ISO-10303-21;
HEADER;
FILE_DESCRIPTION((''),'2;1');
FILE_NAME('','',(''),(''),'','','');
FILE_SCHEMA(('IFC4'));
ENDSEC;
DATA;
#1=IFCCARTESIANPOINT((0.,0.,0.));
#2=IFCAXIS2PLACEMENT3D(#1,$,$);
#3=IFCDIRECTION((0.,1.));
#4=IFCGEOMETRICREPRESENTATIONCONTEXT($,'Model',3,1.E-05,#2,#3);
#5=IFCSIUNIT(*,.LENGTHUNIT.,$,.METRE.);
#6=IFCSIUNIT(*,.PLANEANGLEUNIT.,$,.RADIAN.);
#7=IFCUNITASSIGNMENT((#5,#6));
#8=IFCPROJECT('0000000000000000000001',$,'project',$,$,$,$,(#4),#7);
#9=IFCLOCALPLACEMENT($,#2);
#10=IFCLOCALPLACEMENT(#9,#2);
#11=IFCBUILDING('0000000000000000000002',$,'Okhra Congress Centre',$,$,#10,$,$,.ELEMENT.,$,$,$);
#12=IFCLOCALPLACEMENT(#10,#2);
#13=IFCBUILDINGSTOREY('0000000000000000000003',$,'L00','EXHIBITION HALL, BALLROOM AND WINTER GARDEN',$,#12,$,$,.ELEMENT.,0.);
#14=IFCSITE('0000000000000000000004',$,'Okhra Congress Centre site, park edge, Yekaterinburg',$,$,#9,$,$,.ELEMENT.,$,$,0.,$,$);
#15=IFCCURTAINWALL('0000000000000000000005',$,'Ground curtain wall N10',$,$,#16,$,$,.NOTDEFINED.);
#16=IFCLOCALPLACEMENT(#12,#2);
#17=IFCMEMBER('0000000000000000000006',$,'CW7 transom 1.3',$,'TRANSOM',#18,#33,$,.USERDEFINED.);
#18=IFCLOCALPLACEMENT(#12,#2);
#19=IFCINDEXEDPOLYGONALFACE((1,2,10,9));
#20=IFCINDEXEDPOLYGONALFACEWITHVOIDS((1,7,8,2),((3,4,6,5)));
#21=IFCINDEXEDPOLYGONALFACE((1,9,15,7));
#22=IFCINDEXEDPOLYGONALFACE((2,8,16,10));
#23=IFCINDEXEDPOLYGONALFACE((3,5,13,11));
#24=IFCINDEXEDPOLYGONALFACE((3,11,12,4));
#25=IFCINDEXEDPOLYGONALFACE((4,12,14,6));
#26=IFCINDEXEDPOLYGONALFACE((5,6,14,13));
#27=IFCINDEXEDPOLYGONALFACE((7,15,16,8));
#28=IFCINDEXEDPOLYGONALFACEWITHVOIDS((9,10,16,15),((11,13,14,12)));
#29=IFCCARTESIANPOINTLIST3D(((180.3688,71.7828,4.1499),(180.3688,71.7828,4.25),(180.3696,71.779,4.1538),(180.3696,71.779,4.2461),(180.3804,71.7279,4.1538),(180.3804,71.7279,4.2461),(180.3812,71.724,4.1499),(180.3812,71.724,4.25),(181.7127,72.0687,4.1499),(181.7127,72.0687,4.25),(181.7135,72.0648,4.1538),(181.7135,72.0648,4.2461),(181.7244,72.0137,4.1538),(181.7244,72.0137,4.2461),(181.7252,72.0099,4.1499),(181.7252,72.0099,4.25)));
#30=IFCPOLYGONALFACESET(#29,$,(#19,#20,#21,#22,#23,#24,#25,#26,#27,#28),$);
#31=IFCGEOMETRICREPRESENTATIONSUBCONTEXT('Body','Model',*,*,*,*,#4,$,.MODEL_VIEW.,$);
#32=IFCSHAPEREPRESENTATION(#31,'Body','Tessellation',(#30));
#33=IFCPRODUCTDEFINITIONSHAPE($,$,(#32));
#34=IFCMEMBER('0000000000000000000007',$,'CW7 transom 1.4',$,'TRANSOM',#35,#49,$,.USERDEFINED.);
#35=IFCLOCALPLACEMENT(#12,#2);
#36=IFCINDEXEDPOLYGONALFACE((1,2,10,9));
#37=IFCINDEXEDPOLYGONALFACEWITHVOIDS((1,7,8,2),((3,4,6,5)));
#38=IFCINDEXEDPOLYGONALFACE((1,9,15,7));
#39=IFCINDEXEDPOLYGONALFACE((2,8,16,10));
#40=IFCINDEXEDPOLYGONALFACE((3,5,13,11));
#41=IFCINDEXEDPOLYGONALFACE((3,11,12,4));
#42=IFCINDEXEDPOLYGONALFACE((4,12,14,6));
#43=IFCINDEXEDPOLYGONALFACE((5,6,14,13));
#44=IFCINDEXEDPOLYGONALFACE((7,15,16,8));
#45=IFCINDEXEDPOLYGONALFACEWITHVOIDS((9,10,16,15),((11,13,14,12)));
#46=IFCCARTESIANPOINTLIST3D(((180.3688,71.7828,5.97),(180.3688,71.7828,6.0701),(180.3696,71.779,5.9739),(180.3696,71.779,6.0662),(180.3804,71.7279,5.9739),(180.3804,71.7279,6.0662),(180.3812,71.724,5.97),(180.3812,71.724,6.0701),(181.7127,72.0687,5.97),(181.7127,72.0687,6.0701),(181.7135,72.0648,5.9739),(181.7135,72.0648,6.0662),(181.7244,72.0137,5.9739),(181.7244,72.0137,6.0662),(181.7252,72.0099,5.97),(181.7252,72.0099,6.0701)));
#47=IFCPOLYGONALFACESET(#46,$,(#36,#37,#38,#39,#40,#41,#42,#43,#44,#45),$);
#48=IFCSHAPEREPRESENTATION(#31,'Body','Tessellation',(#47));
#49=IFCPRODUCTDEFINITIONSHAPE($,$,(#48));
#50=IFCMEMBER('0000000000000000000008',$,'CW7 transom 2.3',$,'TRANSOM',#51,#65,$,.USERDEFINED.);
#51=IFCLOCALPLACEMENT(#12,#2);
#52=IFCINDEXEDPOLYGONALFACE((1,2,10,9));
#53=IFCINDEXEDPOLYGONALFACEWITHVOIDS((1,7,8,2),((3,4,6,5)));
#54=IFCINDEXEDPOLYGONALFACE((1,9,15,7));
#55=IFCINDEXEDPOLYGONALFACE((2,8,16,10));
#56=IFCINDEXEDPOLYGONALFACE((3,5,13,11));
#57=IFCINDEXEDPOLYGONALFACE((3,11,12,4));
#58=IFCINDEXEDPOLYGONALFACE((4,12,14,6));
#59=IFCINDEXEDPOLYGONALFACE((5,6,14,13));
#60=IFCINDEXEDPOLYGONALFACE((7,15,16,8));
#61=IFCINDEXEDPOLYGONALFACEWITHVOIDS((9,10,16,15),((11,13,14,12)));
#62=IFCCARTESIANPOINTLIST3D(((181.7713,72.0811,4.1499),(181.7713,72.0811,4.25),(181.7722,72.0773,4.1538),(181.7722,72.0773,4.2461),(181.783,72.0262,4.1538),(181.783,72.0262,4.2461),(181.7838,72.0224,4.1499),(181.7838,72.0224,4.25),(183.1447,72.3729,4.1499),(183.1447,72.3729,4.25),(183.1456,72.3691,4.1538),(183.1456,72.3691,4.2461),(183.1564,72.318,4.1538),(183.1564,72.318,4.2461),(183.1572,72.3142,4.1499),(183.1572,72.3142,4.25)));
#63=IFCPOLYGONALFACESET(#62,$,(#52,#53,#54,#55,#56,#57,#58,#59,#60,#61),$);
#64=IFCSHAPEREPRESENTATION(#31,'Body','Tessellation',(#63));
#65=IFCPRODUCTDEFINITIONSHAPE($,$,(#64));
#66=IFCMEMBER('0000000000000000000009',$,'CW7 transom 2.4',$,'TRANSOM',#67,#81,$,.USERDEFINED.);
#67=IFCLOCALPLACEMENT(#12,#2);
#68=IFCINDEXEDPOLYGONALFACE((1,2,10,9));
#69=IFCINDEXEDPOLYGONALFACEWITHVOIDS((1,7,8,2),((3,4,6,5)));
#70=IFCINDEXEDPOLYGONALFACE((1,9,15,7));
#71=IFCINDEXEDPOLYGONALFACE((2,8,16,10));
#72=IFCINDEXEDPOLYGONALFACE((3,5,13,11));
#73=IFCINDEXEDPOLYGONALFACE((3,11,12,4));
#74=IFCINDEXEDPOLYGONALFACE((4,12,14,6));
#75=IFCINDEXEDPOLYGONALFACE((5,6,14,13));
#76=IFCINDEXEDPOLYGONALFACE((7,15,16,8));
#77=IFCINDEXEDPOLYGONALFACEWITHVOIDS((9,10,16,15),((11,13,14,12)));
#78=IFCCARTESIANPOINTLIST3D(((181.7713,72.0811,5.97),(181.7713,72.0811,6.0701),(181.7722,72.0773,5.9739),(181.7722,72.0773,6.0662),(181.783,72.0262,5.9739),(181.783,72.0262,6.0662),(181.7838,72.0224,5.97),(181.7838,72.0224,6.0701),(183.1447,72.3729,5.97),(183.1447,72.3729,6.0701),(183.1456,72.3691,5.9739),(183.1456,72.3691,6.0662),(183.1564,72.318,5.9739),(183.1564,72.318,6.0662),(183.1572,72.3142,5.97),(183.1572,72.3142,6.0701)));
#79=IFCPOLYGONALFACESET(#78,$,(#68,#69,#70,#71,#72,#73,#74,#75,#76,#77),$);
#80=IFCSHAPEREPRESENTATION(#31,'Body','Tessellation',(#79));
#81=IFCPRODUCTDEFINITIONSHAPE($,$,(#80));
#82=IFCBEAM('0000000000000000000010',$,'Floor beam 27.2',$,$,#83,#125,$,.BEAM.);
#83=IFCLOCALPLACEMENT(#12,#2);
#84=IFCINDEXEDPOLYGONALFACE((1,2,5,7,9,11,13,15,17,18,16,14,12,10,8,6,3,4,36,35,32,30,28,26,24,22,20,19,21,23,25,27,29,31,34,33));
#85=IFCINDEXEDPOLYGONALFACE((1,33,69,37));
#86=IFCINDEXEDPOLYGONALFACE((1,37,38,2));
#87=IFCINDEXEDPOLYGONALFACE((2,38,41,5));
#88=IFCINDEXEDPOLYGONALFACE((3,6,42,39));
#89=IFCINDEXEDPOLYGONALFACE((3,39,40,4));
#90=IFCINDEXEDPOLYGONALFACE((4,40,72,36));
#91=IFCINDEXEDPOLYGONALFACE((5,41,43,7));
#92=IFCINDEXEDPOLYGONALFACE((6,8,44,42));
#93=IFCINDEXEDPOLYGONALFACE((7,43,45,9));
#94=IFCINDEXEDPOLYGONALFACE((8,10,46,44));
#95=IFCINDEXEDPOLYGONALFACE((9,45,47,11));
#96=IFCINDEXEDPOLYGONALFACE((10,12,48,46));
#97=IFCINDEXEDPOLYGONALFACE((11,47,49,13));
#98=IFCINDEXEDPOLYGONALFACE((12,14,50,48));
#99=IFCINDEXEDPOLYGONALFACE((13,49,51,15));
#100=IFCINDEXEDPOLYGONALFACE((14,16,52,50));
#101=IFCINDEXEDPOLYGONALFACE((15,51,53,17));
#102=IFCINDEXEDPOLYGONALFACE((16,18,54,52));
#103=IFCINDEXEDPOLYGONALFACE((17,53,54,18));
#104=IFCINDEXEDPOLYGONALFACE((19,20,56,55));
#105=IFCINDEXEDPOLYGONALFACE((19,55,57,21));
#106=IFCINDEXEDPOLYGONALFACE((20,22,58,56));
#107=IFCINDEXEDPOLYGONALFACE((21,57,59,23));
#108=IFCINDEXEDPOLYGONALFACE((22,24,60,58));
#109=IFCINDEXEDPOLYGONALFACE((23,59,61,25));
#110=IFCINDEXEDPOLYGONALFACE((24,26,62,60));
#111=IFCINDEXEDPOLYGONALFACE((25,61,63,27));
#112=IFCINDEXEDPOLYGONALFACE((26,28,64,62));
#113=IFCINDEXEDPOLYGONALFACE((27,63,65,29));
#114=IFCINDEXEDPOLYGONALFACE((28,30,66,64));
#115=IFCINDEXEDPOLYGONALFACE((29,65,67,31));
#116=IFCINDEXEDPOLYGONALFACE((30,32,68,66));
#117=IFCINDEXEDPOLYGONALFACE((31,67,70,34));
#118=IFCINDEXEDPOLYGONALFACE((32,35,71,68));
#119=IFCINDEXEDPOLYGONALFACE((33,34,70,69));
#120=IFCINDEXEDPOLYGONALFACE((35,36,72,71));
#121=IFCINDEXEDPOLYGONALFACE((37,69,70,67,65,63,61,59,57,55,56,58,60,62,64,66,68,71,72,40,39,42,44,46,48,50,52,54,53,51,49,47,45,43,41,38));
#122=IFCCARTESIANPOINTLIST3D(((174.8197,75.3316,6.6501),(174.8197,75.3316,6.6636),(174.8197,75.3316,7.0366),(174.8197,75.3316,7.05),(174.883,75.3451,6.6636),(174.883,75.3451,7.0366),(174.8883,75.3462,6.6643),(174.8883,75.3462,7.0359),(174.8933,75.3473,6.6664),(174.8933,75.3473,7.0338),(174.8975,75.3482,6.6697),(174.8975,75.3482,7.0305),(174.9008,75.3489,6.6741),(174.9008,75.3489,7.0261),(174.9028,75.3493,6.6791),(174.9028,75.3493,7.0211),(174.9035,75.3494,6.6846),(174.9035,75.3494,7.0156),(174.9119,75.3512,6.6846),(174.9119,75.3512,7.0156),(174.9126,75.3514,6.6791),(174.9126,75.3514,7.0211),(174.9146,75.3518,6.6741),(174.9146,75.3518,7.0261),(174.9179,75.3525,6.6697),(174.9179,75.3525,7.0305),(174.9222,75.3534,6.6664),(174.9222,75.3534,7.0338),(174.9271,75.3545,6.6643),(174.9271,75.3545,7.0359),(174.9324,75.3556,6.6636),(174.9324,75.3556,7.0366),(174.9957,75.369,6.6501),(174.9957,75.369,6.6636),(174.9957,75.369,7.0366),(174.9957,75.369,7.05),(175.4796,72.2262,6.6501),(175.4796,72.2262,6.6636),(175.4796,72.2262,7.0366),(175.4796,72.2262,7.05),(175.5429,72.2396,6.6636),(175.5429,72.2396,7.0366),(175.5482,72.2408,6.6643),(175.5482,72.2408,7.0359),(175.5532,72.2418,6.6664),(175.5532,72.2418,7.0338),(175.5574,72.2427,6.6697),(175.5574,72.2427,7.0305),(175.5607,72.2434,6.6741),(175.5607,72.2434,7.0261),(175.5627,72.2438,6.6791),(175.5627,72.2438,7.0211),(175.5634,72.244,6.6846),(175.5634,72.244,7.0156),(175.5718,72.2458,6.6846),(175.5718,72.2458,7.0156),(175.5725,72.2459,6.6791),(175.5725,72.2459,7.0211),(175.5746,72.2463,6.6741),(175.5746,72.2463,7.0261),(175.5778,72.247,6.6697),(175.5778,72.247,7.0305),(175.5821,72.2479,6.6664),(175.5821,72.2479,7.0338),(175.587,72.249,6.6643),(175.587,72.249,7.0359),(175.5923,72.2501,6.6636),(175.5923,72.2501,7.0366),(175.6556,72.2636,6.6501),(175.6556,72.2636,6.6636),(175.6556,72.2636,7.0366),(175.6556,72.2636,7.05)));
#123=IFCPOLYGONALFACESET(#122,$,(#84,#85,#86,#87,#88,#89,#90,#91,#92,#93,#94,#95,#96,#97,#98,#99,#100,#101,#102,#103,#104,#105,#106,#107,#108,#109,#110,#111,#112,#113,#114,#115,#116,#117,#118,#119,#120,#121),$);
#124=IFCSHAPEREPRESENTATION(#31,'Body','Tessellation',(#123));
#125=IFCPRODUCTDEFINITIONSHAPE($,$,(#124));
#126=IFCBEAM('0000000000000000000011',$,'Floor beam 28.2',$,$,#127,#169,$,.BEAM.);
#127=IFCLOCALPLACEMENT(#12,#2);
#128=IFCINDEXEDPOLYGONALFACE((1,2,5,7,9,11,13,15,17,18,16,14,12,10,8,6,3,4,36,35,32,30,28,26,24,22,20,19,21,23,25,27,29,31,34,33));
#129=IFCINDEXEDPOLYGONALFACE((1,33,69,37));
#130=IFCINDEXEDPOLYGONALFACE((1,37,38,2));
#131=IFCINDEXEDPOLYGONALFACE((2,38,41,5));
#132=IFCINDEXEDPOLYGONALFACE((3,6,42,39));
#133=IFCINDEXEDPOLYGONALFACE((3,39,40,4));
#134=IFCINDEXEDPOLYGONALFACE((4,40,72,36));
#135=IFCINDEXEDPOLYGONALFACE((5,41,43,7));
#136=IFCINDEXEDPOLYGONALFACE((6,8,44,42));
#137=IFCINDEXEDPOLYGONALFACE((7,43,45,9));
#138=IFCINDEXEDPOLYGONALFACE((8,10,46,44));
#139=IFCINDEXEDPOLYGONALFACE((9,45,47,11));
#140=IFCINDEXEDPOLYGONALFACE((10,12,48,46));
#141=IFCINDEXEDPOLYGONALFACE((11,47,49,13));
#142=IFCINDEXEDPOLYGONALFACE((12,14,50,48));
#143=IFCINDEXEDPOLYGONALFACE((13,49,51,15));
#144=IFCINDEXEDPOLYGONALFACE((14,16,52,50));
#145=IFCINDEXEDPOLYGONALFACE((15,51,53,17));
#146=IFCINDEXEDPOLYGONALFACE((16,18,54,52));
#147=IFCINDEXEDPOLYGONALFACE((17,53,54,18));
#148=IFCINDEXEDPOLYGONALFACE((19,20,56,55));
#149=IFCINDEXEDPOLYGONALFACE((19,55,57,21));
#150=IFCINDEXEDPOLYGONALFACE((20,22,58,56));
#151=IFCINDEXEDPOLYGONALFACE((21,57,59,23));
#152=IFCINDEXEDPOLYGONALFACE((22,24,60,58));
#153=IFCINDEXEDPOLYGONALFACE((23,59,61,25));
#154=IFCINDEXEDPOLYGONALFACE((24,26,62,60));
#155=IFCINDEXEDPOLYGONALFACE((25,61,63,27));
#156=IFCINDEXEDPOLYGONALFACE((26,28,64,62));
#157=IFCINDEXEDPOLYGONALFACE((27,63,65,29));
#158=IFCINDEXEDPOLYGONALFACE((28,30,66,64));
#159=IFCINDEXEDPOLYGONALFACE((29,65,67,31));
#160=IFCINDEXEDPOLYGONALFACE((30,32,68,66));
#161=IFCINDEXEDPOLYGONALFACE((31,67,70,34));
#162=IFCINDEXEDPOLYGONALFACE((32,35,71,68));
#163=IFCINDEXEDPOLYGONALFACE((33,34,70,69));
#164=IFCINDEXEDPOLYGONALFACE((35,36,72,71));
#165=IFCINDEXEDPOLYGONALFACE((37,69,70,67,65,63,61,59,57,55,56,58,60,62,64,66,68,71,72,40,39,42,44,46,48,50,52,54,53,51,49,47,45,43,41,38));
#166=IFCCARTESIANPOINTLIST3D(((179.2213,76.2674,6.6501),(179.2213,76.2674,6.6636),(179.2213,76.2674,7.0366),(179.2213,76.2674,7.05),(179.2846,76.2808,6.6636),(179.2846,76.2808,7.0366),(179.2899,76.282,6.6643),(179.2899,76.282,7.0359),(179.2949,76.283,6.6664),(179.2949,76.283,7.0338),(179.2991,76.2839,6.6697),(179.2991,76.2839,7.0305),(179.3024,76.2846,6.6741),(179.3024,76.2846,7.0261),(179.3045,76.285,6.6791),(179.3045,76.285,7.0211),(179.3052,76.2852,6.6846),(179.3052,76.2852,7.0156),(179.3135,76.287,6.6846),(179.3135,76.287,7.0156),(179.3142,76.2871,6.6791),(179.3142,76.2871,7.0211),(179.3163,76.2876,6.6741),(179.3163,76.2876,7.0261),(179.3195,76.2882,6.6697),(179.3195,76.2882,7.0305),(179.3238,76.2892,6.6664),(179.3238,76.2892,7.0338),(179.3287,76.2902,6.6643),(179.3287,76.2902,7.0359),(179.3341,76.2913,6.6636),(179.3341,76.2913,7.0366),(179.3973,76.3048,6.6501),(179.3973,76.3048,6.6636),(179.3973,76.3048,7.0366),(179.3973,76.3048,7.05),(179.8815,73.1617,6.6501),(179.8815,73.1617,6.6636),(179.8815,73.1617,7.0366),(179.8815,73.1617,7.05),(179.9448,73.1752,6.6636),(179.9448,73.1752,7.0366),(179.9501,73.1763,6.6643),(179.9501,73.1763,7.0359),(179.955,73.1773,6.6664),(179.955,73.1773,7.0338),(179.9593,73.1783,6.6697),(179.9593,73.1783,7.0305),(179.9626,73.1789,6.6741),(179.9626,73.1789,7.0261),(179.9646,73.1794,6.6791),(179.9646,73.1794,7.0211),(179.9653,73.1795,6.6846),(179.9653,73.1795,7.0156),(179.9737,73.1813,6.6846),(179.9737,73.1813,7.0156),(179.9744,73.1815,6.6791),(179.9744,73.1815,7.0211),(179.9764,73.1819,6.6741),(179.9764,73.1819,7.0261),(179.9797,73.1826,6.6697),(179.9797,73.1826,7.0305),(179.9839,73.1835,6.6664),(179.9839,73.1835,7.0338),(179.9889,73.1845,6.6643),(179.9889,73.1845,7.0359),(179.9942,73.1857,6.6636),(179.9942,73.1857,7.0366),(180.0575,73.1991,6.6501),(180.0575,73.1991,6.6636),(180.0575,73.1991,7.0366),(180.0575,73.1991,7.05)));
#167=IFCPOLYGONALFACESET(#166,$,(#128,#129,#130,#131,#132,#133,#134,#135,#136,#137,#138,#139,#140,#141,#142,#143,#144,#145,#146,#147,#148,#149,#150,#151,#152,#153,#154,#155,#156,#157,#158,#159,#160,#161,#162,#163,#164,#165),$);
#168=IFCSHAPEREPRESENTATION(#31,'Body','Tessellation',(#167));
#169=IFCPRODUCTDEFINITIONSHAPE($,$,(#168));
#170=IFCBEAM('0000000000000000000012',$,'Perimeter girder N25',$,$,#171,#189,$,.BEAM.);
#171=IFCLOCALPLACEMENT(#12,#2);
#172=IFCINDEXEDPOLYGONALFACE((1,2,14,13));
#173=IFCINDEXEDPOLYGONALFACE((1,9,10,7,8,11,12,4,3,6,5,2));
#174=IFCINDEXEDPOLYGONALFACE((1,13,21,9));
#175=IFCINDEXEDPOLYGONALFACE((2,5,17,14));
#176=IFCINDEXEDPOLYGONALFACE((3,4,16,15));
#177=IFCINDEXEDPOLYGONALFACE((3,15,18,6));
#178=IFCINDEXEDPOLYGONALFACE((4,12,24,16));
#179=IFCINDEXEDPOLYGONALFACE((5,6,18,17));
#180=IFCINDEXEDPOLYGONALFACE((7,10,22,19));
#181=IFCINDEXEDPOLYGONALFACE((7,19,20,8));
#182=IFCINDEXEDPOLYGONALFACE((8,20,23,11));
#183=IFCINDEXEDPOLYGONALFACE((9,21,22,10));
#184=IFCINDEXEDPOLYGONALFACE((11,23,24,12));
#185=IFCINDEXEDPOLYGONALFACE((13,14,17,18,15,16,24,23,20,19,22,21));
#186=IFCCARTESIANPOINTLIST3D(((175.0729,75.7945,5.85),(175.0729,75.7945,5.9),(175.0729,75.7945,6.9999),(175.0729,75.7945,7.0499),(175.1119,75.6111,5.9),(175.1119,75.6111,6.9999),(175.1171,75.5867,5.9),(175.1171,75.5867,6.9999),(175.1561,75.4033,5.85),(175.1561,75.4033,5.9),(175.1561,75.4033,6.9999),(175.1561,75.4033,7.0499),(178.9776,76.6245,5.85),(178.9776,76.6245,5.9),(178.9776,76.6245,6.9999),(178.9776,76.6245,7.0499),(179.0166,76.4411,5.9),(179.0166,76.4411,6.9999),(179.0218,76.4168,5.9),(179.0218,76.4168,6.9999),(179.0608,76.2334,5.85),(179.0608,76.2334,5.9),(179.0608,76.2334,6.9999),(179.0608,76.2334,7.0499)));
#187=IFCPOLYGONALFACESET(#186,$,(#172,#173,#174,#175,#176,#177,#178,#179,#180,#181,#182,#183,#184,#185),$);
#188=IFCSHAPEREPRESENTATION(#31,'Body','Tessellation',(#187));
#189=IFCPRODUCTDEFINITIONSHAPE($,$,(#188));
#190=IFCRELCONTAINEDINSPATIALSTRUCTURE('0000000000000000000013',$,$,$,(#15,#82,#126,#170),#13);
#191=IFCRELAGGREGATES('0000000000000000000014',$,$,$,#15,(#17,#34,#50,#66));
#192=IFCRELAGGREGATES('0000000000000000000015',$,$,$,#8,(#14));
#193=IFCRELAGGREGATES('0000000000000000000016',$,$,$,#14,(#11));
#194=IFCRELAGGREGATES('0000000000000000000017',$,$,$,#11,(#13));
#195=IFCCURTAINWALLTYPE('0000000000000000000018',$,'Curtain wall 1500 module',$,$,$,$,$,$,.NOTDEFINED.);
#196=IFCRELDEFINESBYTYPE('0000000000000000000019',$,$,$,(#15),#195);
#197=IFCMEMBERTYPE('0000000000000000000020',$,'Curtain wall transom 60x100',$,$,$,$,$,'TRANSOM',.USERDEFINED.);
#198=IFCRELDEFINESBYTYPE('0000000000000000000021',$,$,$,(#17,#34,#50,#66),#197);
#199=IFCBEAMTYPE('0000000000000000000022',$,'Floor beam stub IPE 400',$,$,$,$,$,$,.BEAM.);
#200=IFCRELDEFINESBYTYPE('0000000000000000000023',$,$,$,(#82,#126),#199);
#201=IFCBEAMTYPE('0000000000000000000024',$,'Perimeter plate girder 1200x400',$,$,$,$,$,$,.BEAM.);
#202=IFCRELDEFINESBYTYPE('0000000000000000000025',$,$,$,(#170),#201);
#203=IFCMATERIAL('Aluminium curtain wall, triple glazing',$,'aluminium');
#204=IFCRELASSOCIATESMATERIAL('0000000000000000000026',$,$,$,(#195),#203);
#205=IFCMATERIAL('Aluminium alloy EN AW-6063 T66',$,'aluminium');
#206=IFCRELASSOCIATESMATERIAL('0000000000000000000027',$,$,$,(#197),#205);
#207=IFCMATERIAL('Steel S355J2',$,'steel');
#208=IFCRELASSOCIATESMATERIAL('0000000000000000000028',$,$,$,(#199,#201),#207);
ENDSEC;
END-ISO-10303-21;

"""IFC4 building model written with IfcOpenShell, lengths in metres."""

from ifc_helpers import new_model, si_unit, direction, frame, origin, origin_2d, place, context, subcontext, project, spatial, hollow_rectangle, i_section, extrude, material, material_profile, profile_set, type_object, element, aggregate, save


model = new_model("IFC4")

# Units and contexts
model_context = context("Model", 3, precision=1e-05, world=origin(), true_north=direction((0.0, 1.0)))
body_context = subcontext(model_context, "Body", "Model", "MODEL_VIEW")
ifc_project = project(units=[si_unit("LENGTHUNIT", "METRE"), si_unit("PLANEANGLEUNIT", "RADIAN")], contexts=[model_context])

# Site, building, storey
site_placement = place(None, origin())
site = spatial("IfcSite", under=ifc_project, at=site_placement, Name="Okhra Congress Centre site, park edge, Yekaterinburg", CompositionType="ELEMENT", RefElevation=0.0)
building_placement = place(site_placement, origin())
building = spatial("IfcBuilding", under=site, at=building_placement, Name="Okhra Congress Centre", CompositionType="ELEMENT")
storey_placement = place(building_placement, origin())
storey = spatial("IfcBuildingStorey", under=building, at=storey_placement, Name="L00", Description="EXHIBITION HALL, BALLROOM AND WINTER GARDEN", CompositionType="ELEMENT", Elevation=0.0)

# Curtain wall, members
ifc_material_1 = material(Name="Aluminium curtain wall, triple glazing", Category="aluminium")
curtain_wall_type_1 = type_object("IfcCurtainWallType", Name="Curtain wall 1500 module", PredefinedType="NOTDEFINED", material=ifc_material_1)
curtain_wall_1_placement = place(storey_placement, origin())
curtain_wall_1 = element("IfcCurtainWall", 1, at=curtain_wall_1_placement, inside=storey, type_object=curtain_wall_type_1, Name="Ground curtain wall N10", PredefinedType="NOTDEFINED")
ifc_material_2 = material(Name="Aluminium alloy EN AW-6063 T66", Category="aluminium")
ifc_material_profile_1 = material_profile(ifc_material_2, hollow_rectangle(XDim=0.0601, YDim=0.1001, WallThickness=0.0039, at=origin_2d()), Name="RHS 60x100x4")
ifc_profile_set_1 = profile_set([ifc_material_profile_1], Name="Aluminium alloy EN AW-6063 T66")
member_type = type_object("IfcMemberType", Name="Curtain wall transom 60x100", ElementType="TRANSOM", PredefinedType="USERDEFINED", material=ifc_profile_set_1)
member_1_placement = place(storey_placement, frame((180.375, 71.7534, 4.2), z_axis=(0.978116, 0.208061, 0.0), x_axis=(-0.208061, 0.978116, 0.0)))
member_1 = element("IfcMember", 2, at=member_1_placement, type_object=member_type, Name="CW7 transom 1.3", ObjectType="TRANSOM", PredefinedType="USERDEFINED", context=body_context, shape_type="SweptSolid", body=[
    extrude(hollow_rectangle(XDim=0.0601, YDim=0.1001, WallThickness=0.0039, at=origin_2d()), origin(), (0.0, 0.0, 1.0), 1.374),
])
member_2_placement = place(storey_placement, frame((180.375, 71.7534, 6.02), z_axis=(0.978116, 0.208061, 0.0), x_axis=(-0.208061, 0.978116, 0.0)))
member_2 = element("IfcMember", 3, at=member_2_placement, type_object=member_type, Name="CW7 transom 1.4", ObjectType="TRANSOM", PredefinedType="USERDEFINED", context=body_context, shape_type="SweptSolid", body=[
    extrude(hollow_rectangle(XDim=0.0601, YDim=0.1001, WallThickness=0.0039, at=origin_2d()), origin(), (0.0, 0.0, 1.0), 1.374),
])
member_3_placement = place(storey_placement, frame((181.7776, 72.0518, 4.2), z_axis=(0.97817, 0.207807, 0.0), x_axis=(-0.207807, 0.97817, 0.0)))
member_3 = element("IfcMember", 4, at=member_3_placement, type_object=member_type, Name="CW7 transom 2.3", ObjectType="TRANSOM", PredefinedType="USERDEFINED", context=body_context, shape_type="SweptSolid", body=[
    extrude(hollow_rectangle(XDim=0.0601, YDim=0.1001, WallThickness=0.0039, at=origin_2d()), origin(), (0.0, 0.0, 1.0), 1.4041),
])
member_4_placement = place(storey_placement, frame((181.7776, 72.0518, 6.02), z_axis=(0.97817, 0.207807, 0.0), x_axis=(-0.207807, 0.97817, 0.0)))
member_4 = element("IfcMember", 5, at=member_4_placement, type_object=member_type, Name="CW7 transom 2.4", ObjectType="TRANSOM", PredefinedType="USERDEFINED", context=body_context, shape_type="SweptSolid", body=[
    extrude(hollow_rectangle(XDim=0.0601, YDim=0.1001, WallThickness=0.0039, at=origin_2d()), origin(), (0.0, 0.0, 1.0), 1.4041),
])

# Beams
ifc_material_3 = material(Name="Steel S355J2", Category="steel")
ifc_material_profile_2 = material_profile(ifc_material_3, i_section(OverallWidth=0.1799, OverallDepth=0.3999, WebThickness=0.0085, FlangeThickness=0.0134, FilletRadius=0.021, at=origin_2d()), Name="IPE 400")
ifc_profile_set_2 = profile_set([ifc_material_profile_2], Name="Steel S355J2")
beam_type_1 = type_object("IfcBeamType", Name="Floor beam stub IPE 400", PredefinedType="BEAM", material=ifc_profile_set_2)
beam_1_placement = place(storey_placement, frame((175.5676, 72.2449, 6.8501), z_axis=(-0.207859, 0.978159, 0.0), x_axis=(-0.978159, -0.207859, 0.0)))
element("IfcBeam", 6, at=beam_1_placement, inside=storey, type_object=beam_type_1, Name="Floor beam 27.2", PredefinedType="BEAM", context=body_context, shape_type="SweptSolid", body=[
    extrude(i_section(OverallWidth=0.1799, OverallDepth=0.3999, WebThickness=0.0085, FlangeThickness=0.0134, FilletRadius=0.021, at=origin_2d()), origin(), (0.0, 0.0, 1.0), 3.1748),
])
beam_2_placement = place(storey_placement, frame((179.9695, 73.1804, 6.8501), z_axis=(-0.207917, 0.978147, 0.0), x_axis=(-0.978147, -0.207917, 0.0)))
element("IfcBeam", 7, at=beam_2_placement, inside=storey, type_object=beam_type_1, Name="Floor beam 28.2", PredefinedType="BEAM", context=body_context, shape_type="SweptSolid", body=[
    extrude(i_section(OverallWidth=0.1799, OverallDepth=0.3999, WebThickness=0.0085, FlangeThickness=0.0134, FilletRadius=0.021, at=origin_2d()), origin(), (0.0, 0.0, 1.0), 3.175),
])
ifc_material_profile_3 = material_profile(ifc_material_3, i_section(OverallWidth=0.3999, OverallDepth=1.2, WebThickness=0.0249, FlangeThickness=0.05, at=origin_2d()), Name="Plate girder 1200x400")
ifc_profile_set_3 = profile_set([ifc_material_profile_3], Name="Steel S355J2")
beam_type_2 = type_object("IfcBeamType", Name="Perimeter plate girder 1200x400", PredefinedType="BEAM", material=ifc_profile_set_3)
for number, where, z_axis, x_axis, name in (
    (8, (175.1145, 75.5989, 6.45), (0.978143, 0.207933, 0.0), (-0.207933, 0.978143, 0.0), "Perimeter girder N25"),
):
    element("IfcBeam", number, at=place(storey_placement, frame(where, z_axis=z_axis, x_axis=x_axis)), inside=storey, type_object=beam_type_2, Name=name, PredefinedType="BEAM", context=body_context, shape_type="SweptSolid", body=[
        extrude(i_section(OverallWidth=0.3999, OverallDepth=1.2, WebThickness=0.0249, FlangeThickness=0.05, at=origin_2d()), origin(), (0.0, 0.0, 1.0), 3.9919),
    ])

aggregate(curtain_wall_1, [member_1, member_2, member_3, member_4])

save(model, "model.ifc")
